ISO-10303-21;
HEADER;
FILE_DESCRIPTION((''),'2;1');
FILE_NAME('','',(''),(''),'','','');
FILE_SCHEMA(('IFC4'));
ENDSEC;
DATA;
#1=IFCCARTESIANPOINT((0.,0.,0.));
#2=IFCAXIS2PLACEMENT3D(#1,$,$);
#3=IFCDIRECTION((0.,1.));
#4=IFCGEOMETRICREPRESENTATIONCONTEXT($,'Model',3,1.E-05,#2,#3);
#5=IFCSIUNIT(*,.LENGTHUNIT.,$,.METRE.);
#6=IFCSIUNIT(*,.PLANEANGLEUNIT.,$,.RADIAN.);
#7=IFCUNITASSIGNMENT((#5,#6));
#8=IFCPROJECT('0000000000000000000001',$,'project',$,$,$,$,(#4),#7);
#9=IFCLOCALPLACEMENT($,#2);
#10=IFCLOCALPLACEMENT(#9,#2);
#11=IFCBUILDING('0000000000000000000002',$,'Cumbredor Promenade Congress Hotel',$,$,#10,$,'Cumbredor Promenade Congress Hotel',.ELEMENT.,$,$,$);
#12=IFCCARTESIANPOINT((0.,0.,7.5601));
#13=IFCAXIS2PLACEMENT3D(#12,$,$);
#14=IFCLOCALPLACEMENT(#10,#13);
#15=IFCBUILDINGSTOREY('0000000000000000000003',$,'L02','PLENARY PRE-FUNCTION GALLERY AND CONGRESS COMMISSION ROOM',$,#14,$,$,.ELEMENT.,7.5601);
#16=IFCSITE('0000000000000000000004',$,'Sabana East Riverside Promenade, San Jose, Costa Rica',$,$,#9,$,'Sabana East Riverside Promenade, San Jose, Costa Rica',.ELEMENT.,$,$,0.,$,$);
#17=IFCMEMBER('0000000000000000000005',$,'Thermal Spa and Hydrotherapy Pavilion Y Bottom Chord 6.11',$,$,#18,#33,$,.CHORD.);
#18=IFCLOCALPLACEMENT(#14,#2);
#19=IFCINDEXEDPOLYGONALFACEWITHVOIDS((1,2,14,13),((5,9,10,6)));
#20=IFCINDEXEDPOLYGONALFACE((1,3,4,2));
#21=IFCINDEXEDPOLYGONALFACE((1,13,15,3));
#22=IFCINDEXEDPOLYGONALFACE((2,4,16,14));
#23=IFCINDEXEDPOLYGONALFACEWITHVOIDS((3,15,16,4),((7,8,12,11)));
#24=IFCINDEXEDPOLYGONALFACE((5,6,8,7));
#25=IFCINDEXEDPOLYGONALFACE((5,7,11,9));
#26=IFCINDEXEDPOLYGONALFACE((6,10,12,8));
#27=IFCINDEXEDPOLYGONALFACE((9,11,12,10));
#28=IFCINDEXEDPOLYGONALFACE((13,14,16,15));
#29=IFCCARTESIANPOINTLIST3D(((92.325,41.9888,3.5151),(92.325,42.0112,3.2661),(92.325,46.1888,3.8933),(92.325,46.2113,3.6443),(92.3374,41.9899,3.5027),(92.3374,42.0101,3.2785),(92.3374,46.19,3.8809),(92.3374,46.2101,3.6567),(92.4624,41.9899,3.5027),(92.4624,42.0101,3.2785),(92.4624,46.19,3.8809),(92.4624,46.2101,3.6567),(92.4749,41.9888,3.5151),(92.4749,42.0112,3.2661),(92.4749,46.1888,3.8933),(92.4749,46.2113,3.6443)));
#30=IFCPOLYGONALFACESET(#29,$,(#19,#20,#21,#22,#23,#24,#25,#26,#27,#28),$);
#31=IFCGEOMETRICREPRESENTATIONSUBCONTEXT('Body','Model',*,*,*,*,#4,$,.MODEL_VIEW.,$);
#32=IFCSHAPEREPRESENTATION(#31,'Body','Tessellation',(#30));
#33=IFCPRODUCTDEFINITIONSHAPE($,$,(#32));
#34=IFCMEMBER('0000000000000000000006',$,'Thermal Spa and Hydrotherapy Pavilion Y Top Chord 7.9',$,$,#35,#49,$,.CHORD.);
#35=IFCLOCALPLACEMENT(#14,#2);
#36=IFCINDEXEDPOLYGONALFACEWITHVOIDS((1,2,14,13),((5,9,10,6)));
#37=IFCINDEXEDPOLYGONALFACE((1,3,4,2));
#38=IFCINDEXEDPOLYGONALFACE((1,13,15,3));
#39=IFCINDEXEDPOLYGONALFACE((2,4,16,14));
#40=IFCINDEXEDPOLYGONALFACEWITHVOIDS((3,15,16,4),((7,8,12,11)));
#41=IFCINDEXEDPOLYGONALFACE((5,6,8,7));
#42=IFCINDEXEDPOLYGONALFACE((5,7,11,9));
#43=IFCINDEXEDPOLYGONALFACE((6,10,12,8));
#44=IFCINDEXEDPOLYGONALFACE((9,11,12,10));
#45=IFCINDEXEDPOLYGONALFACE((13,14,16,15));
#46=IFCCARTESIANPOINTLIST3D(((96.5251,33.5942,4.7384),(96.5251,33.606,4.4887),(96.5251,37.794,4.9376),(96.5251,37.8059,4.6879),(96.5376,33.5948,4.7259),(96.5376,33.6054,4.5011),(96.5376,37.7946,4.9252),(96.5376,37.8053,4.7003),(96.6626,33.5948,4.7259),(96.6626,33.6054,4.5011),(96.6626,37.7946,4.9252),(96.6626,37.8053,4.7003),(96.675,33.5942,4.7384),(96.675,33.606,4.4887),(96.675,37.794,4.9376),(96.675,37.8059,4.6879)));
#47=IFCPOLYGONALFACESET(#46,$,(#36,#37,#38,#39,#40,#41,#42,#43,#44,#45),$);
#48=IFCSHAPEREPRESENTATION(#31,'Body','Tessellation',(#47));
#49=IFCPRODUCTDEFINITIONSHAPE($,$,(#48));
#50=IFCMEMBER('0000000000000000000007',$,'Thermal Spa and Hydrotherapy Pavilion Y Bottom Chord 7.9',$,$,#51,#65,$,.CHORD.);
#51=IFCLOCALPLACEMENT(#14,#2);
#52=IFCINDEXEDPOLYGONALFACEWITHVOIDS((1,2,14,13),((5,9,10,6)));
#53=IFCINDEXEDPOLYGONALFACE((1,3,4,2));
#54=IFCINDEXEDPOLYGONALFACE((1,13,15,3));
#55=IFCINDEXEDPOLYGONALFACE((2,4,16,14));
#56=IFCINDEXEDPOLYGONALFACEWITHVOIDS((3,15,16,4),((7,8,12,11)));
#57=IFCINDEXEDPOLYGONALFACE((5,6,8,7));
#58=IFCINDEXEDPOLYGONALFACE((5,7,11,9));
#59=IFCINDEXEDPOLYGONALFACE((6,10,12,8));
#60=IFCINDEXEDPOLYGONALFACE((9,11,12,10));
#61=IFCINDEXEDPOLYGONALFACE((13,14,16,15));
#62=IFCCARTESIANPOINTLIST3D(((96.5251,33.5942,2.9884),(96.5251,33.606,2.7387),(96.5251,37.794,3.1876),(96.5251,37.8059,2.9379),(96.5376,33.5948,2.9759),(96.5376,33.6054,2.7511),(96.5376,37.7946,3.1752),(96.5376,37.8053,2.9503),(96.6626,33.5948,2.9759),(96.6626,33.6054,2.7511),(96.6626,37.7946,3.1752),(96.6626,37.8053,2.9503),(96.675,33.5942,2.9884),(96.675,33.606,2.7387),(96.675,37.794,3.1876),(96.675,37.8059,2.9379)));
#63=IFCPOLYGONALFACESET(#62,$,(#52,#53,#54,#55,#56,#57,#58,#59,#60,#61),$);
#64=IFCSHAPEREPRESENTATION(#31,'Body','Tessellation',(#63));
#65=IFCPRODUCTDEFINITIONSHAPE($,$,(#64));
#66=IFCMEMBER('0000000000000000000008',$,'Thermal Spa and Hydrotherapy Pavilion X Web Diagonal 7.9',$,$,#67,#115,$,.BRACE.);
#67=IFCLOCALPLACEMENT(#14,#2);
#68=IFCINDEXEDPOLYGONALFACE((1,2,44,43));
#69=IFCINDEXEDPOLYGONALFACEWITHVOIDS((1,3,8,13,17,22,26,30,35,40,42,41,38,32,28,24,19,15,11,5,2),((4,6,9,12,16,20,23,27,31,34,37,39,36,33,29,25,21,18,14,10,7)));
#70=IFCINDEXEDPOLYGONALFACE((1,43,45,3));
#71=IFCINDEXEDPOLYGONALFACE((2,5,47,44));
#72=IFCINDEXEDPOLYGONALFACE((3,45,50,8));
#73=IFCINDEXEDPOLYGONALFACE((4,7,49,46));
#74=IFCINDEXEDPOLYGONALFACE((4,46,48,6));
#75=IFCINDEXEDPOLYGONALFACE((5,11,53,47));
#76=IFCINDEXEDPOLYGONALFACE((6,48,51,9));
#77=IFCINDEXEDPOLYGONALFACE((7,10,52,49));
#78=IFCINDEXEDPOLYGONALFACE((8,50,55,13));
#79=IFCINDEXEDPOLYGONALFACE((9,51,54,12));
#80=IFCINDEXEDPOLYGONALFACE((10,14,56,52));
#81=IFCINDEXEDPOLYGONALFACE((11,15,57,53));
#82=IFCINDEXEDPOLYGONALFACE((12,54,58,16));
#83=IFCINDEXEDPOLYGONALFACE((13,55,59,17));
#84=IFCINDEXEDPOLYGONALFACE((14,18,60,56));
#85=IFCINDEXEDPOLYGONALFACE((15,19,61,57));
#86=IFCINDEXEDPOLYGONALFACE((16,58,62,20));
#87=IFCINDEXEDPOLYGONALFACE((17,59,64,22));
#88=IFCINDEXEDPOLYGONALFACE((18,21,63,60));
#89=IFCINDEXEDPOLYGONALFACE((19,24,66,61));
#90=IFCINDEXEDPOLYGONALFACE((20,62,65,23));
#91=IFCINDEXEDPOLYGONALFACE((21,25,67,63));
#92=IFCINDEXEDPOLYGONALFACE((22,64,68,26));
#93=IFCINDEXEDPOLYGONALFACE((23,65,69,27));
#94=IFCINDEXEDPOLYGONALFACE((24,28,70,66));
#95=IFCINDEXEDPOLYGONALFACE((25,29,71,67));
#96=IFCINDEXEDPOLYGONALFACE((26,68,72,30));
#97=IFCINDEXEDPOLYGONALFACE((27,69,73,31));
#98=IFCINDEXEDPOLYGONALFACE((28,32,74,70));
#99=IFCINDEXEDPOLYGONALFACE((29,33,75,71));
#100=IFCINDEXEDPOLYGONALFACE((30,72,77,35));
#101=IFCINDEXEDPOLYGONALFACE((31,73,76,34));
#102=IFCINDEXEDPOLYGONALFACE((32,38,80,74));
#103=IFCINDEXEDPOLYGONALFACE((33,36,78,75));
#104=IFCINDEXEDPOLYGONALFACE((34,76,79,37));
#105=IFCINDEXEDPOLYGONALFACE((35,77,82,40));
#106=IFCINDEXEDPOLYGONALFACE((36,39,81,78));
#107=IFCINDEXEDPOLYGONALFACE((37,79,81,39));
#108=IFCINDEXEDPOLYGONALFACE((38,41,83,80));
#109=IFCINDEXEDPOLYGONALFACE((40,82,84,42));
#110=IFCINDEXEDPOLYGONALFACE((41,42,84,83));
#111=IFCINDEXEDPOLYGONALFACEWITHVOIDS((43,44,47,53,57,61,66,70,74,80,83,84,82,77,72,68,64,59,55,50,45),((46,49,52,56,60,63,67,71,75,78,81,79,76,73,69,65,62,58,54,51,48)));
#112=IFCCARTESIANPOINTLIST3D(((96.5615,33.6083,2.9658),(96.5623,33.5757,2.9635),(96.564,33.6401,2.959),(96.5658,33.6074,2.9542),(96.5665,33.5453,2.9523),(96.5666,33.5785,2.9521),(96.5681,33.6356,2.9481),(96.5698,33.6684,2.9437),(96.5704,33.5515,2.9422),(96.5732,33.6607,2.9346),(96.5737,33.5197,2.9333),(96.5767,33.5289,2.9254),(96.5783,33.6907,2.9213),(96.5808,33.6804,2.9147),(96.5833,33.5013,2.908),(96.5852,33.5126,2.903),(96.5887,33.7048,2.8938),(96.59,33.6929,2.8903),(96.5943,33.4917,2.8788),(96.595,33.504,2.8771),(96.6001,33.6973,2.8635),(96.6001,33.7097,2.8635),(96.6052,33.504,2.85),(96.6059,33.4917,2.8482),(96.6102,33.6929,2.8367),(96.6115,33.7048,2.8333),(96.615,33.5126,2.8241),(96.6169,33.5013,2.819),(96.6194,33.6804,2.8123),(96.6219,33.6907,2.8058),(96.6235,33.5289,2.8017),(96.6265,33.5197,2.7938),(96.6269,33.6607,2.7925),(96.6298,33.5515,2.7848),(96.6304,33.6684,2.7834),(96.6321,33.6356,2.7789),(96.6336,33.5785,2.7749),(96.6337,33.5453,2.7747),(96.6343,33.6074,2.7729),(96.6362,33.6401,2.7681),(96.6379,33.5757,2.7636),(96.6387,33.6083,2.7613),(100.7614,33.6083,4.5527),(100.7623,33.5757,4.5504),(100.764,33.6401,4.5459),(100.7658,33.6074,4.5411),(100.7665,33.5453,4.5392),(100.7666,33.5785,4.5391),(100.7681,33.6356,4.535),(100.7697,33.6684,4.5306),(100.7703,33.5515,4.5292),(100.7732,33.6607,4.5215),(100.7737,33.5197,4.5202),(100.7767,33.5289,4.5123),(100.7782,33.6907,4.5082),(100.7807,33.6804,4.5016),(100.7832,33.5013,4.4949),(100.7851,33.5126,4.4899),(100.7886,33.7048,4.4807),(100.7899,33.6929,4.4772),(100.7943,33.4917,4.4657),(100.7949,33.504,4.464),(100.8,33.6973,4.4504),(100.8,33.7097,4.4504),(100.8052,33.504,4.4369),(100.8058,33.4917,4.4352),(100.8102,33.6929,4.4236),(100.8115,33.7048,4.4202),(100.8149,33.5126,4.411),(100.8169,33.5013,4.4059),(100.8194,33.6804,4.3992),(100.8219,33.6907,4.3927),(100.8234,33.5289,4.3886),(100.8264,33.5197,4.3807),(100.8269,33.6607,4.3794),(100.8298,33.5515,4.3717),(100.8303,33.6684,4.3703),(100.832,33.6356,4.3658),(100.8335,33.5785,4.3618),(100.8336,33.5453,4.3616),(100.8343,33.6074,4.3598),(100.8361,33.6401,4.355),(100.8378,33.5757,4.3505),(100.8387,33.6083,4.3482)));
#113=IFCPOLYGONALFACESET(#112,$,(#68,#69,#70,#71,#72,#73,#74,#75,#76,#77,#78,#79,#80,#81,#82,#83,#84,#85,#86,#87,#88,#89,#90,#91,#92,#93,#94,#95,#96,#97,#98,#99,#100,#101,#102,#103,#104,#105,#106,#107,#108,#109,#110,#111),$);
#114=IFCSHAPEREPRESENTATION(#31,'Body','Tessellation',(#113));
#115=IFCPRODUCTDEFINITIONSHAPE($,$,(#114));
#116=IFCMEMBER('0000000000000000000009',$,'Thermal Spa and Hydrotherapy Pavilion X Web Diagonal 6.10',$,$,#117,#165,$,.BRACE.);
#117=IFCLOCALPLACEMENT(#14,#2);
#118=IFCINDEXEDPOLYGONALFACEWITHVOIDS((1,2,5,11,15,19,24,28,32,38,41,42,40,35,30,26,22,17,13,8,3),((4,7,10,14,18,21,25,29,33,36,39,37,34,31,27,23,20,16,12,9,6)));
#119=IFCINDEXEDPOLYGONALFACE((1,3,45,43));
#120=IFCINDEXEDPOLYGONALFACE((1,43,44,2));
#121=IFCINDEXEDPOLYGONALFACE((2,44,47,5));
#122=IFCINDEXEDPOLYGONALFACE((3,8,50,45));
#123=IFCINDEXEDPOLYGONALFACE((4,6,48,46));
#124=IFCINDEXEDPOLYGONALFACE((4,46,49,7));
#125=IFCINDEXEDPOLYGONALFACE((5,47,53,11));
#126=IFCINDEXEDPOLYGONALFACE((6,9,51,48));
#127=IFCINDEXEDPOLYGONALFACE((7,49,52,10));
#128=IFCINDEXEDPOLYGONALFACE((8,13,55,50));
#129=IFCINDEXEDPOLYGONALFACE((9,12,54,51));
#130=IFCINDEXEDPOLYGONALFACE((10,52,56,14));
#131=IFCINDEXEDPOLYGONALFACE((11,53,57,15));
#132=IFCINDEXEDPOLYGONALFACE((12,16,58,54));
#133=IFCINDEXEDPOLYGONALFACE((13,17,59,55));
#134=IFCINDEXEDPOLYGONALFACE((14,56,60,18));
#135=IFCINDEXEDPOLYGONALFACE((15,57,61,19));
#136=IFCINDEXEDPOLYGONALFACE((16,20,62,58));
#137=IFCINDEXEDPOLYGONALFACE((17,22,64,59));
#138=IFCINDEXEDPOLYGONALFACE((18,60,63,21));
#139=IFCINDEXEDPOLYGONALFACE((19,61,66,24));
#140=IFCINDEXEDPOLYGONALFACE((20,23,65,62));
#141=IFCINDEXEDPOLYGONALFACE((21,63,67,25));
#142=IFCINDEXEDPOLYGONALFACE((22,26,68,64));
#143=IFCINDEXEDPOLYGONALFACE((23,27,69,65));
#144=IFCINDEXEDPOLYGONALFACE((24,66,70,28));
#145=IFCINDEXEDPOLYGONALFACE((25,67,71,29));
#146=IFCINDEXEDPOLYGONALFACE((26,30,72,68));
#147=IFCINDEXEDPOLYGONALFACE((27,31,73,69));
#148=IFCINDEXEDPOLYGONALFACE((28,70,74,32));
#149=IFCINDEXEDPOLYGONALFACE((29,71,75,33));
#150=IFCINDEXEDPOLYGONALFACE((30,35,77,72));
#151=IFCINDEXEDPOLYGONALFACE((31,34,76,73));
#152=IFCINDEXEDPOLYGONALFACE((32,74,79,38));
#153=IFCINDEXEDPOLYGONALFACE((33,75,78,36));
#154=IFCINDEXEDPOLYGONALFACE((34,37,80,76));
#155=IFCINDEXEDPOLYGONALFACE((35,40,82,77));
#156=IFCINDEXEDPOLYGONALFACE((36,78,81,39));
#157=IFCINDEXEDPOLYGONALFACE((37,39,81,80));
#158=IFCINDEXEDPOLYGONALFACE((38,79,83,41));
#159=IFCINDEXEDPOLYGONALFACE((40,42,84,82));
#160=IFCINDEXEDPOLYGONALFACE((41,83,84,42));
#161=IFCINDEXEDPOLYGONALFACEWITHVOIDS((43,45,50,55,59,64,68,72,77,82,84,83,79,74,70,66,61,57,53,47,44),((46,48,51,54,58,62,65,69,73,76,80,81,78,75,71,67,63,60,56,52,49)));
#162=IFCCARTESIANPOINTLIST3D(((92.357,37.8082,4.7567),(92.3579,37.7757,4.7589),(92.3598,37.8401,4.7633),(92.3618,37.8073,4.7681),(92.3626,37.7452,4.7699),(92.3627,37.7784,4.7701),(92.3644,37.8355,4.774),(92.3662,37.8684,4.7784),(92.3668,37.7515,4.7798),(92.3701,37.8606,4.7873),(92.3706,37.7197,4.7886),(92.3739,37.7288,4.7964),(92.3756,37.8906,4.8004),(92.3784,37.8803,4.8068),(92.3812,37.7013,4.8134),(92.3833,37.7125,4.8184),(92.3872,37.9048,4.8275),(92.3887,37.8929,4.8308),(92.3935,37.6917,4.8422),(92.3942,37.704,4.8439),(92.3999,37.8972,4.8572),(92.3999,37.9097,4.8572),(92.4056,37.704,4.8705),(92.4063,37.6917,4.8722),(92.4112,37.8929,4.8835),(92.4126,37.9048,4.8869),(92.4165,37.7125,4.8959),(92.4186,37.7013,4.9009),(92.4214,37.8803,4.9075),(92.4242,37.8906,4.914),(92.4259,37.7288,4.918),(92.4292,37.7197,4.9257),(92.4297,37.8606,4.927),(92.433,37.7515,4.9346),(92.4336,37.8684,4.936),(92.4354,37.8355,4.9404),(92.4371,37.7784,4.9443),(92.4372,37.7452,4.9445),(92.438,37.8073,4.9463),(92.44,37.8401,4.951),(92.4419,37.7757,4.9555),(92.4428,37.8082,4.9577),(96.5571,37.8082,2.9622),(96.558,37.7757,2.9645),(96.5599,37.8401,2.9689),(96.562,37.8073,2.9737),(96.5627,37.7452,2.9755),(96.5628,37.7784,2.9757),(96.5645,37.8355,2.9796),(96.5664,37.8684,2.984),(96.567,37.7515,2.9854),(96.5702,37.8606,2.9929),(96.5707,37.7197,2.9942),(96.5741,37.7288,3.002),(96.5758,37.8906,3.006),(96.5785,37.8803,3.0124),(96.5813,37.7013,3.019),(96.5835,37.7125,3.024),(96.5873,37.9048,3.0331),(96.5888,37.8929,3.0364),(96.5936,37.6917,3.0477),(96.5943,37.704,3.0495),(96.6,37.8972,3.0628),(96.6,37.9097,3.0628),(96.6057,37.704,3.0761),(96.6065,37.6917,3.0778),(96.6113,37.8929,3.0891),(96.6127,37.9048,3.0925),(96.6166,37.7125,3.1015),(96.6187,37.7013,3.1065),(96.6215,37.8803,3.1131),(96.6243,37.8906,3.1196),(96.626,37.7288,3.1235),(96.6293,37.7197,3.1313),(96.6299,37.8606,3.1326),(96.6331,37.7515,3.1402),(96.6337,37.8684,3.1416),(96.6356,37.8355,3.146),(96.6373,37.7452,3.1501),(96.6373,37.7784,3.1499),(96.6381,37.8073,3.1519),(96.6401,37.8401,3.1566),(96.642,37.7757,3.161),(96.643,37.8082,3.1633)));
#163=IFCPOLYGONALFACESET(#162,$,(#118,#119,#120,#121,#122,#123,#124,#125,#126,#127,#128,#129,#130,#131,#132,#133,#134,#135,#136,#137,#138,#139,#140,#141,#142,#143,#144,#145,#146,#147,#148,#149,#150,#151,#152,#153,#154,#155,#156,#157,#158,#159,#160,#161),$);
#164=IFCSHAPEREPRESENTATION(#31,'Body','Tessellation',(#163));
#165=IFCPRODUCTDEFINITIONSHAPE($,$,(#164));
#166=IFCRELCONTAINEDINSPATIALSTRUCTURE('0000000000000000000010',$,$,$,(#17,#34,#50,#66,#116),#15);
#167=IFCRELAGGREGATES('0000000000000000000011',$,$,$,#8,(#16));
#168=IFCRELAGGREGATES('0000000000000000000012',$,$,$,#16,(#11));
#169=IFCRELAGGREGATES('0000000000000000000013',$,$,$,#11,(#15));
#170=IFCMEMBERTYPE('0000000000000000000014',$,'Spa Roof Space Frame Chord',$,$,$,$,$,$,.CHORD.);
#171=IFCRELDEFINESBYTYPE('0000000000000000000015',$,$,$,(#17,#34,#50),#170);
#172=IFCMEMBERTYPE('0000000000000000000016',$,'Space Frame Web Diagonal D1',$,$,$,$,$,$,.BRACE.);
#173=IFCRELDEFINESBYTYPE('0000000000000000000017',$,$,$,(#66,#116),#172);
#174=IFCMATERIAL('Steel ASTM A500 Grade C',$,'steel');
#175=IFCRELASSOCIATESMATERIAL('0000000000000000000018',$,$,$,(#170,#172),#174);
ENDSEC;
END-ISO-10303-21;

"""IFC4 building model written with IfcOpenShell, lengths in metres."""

from ifc_helpers import new_model, si_unit, direction, frame, origin, origin_2d, place, context, subcontext, project, spatial, hollow_rectangle, hollow_circle, extrude, material, material_profile, profile_set, type_object, element, save


model = new_model("IFC4")

# Units and contexts
model_context = context("Model", 3, precision=1e-05, world=origin(), true_north=direction((0.0, 1.0)))
body_context = subcontext(model_context, "Body", "Model", "MODEL_VIEW")
ifc_project = project(units=[si_unit("LENGTHUNIT", "METRE"), si_unit("PLANEANGLEUNIT", "RADIAN")], contexts=[model_context])

# Site, building, storey
site_placement = place(None, origin())
site = spatial("IfcSite", under=ifc_project, at=site_placement, Name="Sabana East Riverside Promenade, San Jose, Costa Rica", LongName="Sabana East Riverside Promenade, San Jose, Costa Rica", CompositionType="ELEMENT", RefElevation=0.0)
building_placement = place(site_placement, origin())
building = spatial("IfcBuilding", under=site, at=building_placement, Name="Cumbredor Promenade Congress Hotel", LongName="Cumbredor Promenade Congress Hotel", CompositionType="ELEMENT")
storey_placement = place(building_placement, frame((0.0, 0.0, 7.5601)))
storey = spatial("IfcBuildingStorey", under=building, at=storey_placement, Name="L02", Description="PLENARY PRE-FUNCTION GALLERY AND CONGRESS COMMISSION ROOM", CompositionType="ELEMENT", Elevation=7.5601)

# Members
ifc_material_1 = material(Name="Steel ASTM A500 Grade C", Category="steel")
ifc_material_profile_1 = material_profile(ifc_material_1, hollow_rectangle(XDim=0.1499, YDim=0.25, WallThickness=0.0125, at=origin_2d()), Name="HSS 250x150x12.5")
ifc_profile_set_1 = profile_set([ifc_material_profile_1], Name="Steel ASTM A500 Grade C")
member_type_1 = type_object("IfcMemberType", Name="Spa Roof Space Frame Chord", PredefinedType="CHORD", material=ifc_profile_set_1)
for number, where, z_axis, x_axis, name in (
    (1, (92.3999, 42.0, 3.3906), (0.0, 0.995971, 0.08968), (-1.0, 0.0, 0.0), "Thermal Spa and Hydrotherapy Pavilion Y Bottom Chord 6.11"),
):
    element("IfcMember", number, at=place(storey_placement, frame(where, z_axis=z_axis, x_axis=x_axis)), inside=storey, type_object=member_type_1, Name=name, PredefinedType="CHORD", context=body_context, shape_type="SweptSolid", body=[
        extrude(hollow_rectangle(XDim=0.1499, YDim=0.25, WallThickness=0.0125, at=origin_2d()), origin(), (0.0, 0.0, 1.0), 4.217),
    ])
for number, where, z_axis, x_axis, name in (
    (2, (96.6001, 33.6001, 4.6135), (0.0, 0.998877, 0.04738), (-1.0, 0.0, 0.0), "Thermal Spa and Hydrotherapy Pavilion Y Top Chord 7.9"),
    (3, (96.6001, 33.6001, 2.8635), (0.0, 0.998877, 0.04738), (-1.0, 0.0, 0.0), "Thermal Spa and Hydrotherapy Pavilion Y Bottom Chord 7.9"),
):
    element("IfcMember", number, at=place(storey_placement, frame(where, z_axis=z_axis, x_axis=x_axis)), inside=storey, type_object=member_type_1, Name=name, PredefinedType="CHORD", context=body_context, shape_type="SweptSolid", body=[
        extrude(hollow_rectangle(XDim=0.1499, YDim=0.25, WallThickness=0.0125, at=origin_2d()), origin(), (0.0, 0.0, 1.0), 4.2046),
    ])
ifc_material_profile_2 = material_profile(ifc_material_1, hollow_circle(Radius=0.1096, WallThickness=0.0125, at=origin_2d()), Name="CHS 219.1x12.5")
ifc_profile_set_2 = profile_set([ifc_material_profile_2], Name="Steel ASTM A500 Grade C")
member_type_2 = type_object("IfcMemberType", Name="Space Frame Web Diagonal D1", PredefinedType="BRACE", material=ifc_profile_set_2)
member_1_placement = place(storey_placement, frame((96.6001, 33.6001, 2.8635), z_axis=(0.935453, 0.0, 0.353452), x_axis=(0.0, 1.0, 0.0)))
element("IfcMember", 4, at=member_1_placement, inside=storey, type_object=member_type_2, Name="Thermal Spa and Hydrotherapy Pavilion X Web Diagonal 7.9", PredefinedType="BRACE", context=body_context, shape_type="SweptSolid", body=[
    extrude(hollow_circle(Radius=0.1096, WallThickness=0.0125, at=origin_2d()), origin(), (0.0, 0.0, 1.0), 4.4897),
])
member_2_placement = place(storey_placement, frame((92.3999, 37.8, 4.8572), z_axis=(0.919592, 0.0, -0.392874), x_axis=(0.0, 1.0, 0.0)))
element("IfcMember", 5, at=member_2_placement, inside=storey, type_object=member_type_2, Name="Thermal Spa and Hydrotherapy Pavilion X Web Diagonal 6.10", PredefinedType="BRACE", context=body_context, shape_type="SweptSolid", body=[
    extrude(hollow_circle(Radius=0.1096, WallThickness=0.0125, at=origin_2d()), origin(), (0.0, 0.0, 1.0), 4.5674),
])

save(model, "model.ifc")
